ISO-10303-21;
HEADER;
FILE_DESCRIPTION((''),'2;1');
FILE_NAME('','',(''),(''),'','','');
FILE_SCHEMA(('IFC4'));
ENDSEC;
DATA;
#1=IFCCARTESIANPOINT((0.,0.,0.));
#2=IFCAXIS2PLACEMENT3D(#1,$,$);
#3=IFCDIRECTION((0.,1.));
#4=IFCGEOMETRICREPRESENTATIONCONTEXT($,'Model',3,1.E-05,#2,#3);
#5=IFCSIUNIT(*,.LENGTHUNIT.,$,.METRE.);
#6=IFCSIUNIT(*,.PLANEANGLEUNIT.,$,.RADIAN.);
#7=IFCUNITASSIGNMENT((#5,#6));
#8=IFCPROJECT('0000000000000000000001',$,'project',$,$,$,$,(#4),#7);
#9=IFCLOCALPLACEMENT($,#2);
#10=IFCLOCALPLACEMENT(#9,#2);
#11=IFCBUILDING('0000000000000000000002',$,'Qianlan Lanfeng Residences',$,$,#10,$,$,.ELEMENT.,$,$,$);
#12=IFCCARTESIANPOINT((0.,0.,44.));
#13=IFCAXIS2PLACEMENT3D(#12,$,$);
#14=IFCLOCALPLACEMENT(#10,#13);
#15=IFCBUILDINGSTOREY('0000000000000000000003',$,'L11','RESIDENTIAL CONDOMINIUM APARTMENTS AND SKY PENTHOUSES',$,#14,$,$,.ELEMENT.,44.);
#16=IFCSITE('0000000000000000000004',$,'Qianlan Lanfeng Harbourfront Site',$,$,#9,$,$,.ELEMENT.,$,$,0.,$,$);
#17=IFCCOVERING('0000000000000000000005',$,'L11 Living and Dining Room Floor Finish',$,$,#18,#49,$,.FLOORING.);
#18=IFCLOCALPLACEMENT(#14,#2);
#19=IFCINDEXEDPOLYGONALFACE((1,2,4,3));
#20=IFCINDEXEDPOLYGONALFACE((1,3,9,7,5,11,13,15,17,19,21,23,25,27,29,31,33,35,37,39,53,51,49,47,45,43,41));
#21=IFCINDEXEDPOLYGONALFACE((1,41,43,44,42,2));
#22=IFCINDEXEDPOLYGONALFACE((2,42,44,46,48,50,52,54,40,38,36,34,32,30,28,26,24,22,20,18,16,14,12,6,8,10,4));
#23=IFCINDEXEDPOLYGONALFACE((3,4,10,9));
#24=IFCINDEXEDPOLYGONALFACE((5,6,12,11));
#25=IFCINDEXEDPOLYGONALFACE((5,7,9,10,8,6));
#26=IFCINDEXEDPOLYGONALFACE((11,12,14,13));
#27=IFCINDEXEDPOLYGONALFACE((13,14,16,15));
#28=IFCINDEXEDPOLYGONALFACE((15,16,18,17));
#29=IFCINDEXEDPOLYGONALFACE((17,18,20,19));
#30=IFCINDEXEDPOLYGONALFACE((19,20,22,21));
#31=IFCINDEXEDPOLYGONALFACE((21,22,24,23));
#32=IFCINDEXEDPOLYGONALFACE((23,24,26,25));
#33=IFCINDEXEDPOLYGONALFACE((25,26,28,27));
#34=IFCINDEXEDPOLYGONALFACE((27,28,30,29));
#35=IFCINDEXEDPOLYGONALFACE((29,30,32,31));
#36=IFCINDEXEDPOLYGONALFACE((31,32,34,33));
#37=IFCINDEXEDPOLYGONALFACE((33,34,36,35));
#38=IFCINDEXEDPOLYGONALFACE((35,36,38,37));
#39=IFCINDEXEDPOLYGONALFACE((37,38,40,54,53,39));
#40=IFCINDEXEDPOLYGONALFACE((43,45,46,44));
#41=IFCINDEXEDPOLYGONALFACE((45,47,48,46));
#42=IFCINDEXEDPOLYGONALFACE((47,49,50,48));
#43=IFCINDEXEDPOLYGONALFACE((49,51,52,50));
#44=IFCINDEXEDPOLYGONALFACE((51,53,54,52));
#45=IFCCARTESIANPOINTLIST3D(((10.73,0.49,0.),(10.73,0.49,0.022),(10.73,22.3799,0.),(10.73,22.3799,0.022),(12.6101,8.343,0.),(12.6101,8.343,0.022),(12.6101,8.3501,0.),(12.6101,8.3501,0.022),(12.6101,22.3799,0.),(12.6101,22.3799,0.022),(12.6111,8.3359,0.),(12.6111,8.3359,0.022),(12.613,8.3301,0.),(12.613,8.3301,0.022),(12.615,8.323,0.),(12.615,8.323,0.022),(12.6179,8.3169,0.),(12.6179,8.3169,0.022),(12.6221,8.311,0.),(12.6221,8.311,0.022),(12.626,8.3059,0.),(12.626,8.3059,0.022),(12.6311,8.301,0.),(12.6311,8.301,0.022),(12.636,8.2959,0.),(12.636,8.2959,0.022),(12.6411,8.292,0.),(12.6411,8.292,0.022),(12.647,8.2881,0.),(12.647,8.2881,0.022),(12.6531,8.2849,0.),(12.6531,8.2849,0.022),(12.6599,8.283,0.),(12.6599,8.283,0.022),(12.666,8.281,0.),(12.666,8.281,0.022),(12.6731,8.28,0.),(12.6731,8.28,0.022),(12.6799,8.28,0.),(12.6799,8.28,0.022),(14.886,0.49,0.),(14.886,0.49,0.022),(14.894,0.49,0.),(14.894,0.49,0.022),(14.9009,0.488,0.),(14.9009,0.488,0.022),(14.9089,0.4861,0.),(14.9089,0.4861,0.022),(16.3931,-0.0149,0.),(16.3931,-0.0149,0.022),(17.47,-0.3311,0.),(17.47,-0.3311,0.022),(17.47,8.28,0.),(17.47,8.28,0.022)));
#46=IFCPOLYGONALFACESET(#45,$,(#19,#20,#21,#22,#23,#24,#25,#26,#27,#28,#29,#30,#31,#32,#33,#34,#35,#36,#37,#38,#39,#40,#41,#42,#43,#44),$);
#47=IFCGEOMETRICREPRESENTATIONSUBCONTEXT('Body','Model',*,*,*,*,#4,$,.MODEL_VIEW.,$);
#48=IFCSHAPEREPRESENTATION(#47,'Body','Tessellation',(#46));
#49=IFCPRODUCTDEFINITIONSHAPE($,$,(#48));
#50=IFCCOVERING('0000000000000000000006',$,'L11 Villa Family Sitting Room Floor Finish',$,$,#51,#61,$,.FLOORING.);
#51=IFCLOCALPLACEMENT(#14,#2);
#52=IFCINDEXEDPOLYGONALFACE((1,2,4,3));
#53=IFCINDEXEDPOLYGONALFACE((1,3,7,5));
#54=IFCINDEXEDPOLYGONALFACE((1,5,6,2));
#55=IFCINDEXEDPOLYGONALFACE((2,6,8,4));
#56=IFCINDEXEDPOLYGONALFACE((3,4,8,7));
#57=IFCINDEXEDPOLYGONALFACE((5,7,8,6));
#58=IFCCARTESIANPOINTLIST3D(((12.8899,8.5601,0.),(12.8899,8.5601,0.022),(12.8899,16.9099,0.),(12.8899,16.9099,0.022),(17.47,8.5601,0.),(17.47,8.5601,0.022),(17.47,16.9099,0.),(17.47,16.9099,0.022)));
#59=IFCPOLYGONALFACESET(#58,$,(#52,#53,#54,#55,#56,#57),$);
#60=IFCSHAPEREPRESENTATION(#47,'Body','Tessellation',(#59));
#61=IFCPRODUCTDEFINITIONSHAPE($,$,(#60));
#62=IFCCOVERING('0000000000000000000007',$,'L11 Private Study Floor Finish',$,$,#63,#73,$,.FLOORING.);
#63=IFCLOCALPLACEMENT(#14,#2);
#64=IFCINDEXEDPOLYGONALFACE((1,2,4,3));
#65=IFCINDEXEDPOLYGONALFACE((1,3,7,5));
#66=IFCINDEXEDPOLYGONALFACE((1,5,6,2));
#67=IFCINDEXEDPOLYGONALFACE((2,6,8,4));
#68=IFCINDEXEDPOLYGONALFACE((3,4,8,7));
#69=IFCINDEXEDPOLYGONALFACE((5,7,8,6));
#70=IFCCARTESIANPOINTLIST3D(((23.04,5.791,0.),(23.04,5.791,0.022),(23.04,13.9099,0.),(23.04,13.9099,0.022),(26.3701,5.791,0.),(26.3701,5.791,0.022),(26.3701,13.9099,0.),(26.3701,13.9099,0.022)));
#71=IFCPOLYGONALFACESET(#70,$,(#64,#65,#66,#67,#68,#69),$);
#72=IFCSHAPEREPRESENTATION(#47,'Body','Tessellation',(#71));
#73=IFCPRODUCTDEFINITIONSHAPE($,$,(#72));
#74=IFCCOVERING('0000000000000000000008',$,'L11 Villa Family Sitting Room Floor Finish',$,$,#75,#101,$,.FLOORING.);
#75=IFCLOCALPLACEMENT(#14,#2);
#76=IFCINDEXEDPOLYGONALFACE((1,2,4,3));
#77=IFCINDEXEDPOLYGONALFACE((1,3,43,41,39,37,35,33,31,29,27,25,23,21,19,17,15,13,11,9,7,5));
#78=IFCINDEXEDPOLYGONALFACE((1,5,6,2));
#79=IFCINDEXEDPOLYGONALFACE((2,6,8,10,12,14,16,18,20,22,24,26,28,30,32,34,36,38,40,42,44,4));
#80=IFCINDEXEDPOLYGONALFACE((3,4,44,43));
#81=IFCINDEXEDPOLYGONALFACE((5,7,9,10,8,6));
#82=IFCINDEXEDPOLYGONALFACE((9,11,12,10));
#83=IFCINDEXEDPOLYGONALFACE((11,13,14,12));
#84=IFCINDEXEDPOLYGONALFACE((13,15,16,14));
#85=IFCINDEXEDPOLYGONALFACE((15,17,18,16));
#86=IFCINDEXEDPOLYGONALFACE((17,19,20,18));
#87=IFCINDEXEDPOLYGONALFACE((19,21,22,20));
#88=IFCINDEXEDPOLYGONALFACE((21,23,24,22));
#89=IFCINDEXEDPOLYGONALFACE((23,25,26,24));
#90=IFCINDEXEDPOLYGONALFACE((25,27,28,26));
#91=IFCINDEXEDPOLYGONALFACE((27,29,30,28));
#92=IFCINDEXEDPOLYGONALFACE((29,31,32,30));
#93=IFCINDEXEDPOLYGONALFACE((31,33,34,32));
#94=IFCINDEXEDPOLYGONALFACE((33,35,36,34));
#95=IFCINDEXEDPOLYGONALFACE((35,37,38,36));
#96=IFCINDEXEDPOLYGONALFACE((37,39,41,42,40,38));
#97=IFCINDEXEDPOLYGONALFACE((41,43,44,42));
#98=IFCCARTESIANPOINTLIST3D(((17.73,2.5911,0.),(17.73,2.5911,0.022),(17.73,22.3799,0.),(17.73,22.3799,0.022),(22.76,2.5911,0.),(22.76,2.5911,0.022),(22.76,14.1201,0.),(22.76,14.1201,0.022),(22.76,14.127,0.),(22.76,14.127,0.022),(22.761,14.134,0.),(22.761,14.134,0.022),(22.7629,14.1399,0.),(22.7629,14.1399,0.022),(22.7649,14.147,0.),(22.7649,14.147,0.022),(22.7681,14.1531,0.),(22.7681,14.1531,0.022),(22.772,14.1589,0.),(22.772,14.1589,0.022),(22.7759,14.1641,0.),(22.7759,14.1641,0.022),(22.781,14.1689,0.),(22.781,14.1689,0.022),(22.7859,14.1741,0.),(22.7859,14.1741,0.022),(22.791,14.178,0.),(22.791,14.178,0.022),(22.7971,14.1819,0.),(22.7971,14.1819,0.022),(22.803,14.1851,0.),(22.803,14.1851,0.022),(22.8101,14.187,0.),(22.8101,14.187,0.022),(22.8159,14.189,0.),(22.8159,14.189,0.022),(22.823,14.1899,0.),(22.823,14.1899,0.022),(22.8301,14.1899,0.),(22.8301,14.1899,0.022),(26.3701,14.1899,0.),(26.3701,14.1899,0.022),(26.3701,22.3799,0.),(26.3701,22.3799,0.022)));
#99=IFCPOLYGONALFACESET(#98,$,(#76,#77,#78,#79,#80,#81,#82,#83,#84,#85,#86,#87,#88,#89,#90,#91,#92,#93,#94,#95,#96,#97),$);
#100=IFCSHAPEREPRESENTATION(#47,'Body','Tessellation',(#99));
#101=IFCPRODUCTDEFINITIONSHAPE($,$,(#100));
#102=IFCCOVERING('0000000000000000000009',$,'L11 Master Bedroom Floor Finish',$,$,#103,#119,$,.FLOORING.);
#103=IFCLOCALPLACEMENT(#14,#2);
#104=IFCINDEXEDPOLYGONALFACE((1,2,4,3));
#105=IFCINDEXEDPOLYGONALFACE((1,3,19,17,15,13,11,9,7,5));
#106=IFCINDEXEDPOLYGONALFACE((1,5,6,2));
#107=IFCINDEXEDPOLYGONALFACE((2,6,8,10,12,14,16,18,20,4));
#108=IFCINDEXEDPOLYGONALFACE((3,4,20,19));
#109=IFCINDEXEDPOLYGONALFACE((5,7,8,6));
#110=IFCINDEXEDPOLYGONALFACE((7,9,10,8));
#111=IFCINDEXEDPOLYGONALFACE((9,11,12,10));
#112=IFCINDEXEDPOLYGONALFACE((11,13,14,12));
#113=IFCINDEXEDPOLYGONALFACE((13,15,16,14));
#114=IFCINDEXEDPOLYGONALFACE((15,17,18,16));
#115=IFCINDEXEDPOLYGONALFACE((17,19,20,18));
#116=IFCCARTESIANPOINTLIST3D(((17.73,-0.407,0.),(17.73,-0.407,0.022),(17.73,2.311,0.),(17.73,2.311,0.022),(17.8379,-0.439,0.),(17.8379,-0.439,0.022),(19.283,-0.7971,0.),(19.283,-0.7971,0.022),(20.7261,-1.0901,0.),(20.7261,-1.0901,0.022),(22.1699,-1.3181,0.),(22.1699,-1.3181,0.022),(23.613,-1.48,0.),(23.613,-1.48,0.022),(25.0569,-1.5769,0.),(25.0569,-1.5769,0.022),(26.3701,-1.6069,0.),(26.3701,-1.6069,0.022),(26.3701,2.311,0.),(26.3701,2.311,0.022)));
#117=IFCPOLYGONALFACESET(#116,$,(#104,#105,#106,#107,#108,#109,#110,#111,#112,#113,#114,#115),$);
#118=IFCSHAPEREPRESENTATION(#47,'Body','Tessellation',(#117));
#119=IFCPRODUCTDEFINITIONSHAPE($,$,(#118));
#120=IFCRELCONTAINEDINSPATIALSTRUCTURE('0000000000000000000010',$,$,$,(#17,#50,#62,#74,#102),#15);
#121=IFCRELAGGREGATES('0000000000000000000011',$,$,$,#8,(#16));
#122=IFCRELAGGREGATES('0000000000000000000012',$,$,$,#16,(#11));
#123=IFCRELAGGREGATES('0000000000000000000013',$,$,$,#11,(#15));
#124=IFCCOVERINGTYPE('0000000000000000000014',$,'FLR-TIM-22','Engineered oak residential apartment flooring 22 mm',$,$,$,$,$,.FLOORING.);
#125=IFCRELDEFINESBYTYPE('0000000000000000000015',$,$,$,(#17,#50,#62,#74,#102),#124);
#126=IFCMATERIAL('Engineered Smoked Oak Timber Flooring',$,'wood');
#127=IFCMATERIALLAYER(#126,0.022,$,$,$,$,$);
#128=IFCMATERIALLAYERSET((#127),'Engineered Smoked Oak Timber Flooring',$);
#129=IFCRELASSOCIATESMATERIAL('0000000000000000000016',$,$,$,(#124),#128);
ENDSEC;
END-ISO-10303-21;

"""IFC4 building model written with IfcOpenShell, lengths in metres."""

from ifc_helpers import new_model, si_unit, direction, frame, origin, place, context, subcontext, project, spatial, polyline, outline, extrude, material, layer, layer_set, type_object, element, save


model = new_model("IFC4")

# Units and contexts
model_context = context("Model", 3, precision=1e-05, world=origin(), true_north=direction((0.0, 1.0)))
body_context = subcontext(model_context, "Body", "Model", "MODEL_VIEW")
ifc_project = project(units=[si_unit("LENGTHUNIT", "METRE"), si_unit("PLANEANGLEUNIT", "RADIAN")], contexts=[model_context])

# Site, building, storey
site_placement = place(None, origin())
site = spatial("IfcSite", under=ifc_project, at=site_placement, Name="Qianlan Lanfeng Harbourfront Site", CompositionType="ELEMENT", RefElevation=0.0)
building_placement = place(site_placement, origin())
building = spatial("IfcBuilding", under=site, at=building_placement, Name="Qianlan Lanfeng Residences", CompositionType="ELEMENT")
storey_placement = place(building_placement, frame((0.0, 0.0, 44.0)))
storey = spatial("IfcBuildingStorey", under=building, at=storey_placement, Name="L11", Description="RESIDENTIAL CONDOMINIUM APARTMENTS AND SKY PENTHOUSES", CompositionType="ELEMENT", Elevation=44.0)

# Coverings
ifc_material_1 = material(Name="Engineered Smoked Oak Timber Flooring", Category="wood")
ifc_layer_1 = layer(ifc_material_1, 0.022)
ifc_layer_set_1 = layer_set([ifc_layer_1], Name="Engineered Smoked Oak Timber Flooring")
covering_type_1 = type_object("IfcCoveringType", Name="FLR-TIM-22", Description="Engineered oak residential apartment flooring 22 mm", PredefinedType="FLOORING", material=ifc_layer_set_1)
covering_1_placement = place(storey_placement, origin())
element("IfcCovering", 1, at=covering_1_placement, inside=storey, type_object=covering_type_1, Name="L11 Living and Dining Room Floor Finish", PredefinedType="FLOORING", context=body_context, shape_type="SweptSolid", body=[
    extrude(outline(polyline([(17.47, -0.3311), (17.47, 8.28), (12.6799, 8.28), (12.6731, 8.28), (12.666, 8.281), (12.6599, 8.283), (12.6531, 8.2849), (12.647, 8.2881), (12.6411, 8.292), (12.636, 8.2959), (12.6311, 8.301), (12.626, 8.3059), (12.6221, 8.311), (12.6179, 8.3169), (12.615, 8.323), (12.613, 8.3301), (12.6111, 8.3359), (12.6101, 8.343), (12.6101, 8.3501), (12.6101, 22.3799), (10.73, 22.3799), (10.73, 0.49), (14.886, 0.49), (14.894, 0.49), (14.9009, 0.488), (14.9089, 0.4861), (16.3931, -0.0149), (17.47, -0.3311)])), origin(), (0.0, 0.0, 1.0), 0.022),
])
covering_2_placement = place(storey_placement, origin())
element("IfcCovering", 2, at=covering_2_placement, inside=storey, type_object=covering_type_1, Name="L11 Villa Family Sitting Room Floor Finish", PredefinedType="FLOORING", context=body_context, shape_type="SweptSolid", body=[
    extrude(outline(polyline([(12.8899, 16.9099), (12.8899, 8.5601), (17.47, 8.5601), (17.47, 16.9099), (12.8899, 16.9099)])), origin(), (0.0, 0.0, 1.0), 0.022),
])
covering_3_placement = place(storey_placement, origin())
element("IfcCovering", 3, at=covering_3_placement, inside=storey, type_object=covering_type_1, Name="L11 Private Study Floor Finish", PredefinedType="FLOORING", context=body_context, shape_type="SweptSolid", body=[
    extrude(outline(polyline([(23.04, 5.791), (26.3701, 5.791), (26.3701, 13.9099), (23.04, 13.9099), (23.04, 5.791)])), origin(), (0.0, 0.0, 1.0), 0.022),
])
covering_4_placement = place(storey_placement, origin())
element("IfcCovering", 4, at=covering_4_placement, inside=storey, type_object=covering_type_1, Name="L11 Villa Family Sitting Room Floor Finish", PredefinedType="FLOORING", context=body_context, shape_type="SweptSolid", body=[
    extrude(outline(polyline([(17.73, 2.5911), (22.76, 2.5911), (22.76, 14.1201), (22.76, 14.127), (22.761, 14.134), (22.7629, 14.1399), (22.7649, 14.147), (22.7681, 14.1531), (22.772, 14.1589), (22.7759, 14.1641), (22.781, 14.1689), (22.7859, 14.1741), (22.791, 14.178), (22.7971, 14.1819), (22.803, 14.1851), (22.8101, 14.187), (22.8159, 14.189), (22.823, 14.1899), (22.8301, 14.1899), (26.3701, 14.1899), (26.3701, 22.3799), (17.73, 22.3799), (17.73, 2.5911)])), origin(), (0.0, 0.0, 1.0), 0.022),
])
covering_5_placement = place(storey_placement, origin())
element("IfcCovering", 5, at=covering_5_placement, inside=storey, type_object=covering_type_1, Name="L11 Master Bedroom Floor Finish", PredefinedType="FLOORING", context=body_context, shape_type="SweptSolid", body=[
    extrude(outline(polyline([(17.73, 2.311), (17.73, -0.407), (17.8379, -0.439), (19.283, -0.7971), (20.7261, -1.0901), (22.1699, -1.3181), (23.613, -1.48), (25.0569, -1.5769), (26.3701, -1.6069), (26.3701, 2.311), (17.73, 2.311)])), origin(), (0.0, 0.0, 1.0), 0.022),
])

save(model, "model.ifc")
